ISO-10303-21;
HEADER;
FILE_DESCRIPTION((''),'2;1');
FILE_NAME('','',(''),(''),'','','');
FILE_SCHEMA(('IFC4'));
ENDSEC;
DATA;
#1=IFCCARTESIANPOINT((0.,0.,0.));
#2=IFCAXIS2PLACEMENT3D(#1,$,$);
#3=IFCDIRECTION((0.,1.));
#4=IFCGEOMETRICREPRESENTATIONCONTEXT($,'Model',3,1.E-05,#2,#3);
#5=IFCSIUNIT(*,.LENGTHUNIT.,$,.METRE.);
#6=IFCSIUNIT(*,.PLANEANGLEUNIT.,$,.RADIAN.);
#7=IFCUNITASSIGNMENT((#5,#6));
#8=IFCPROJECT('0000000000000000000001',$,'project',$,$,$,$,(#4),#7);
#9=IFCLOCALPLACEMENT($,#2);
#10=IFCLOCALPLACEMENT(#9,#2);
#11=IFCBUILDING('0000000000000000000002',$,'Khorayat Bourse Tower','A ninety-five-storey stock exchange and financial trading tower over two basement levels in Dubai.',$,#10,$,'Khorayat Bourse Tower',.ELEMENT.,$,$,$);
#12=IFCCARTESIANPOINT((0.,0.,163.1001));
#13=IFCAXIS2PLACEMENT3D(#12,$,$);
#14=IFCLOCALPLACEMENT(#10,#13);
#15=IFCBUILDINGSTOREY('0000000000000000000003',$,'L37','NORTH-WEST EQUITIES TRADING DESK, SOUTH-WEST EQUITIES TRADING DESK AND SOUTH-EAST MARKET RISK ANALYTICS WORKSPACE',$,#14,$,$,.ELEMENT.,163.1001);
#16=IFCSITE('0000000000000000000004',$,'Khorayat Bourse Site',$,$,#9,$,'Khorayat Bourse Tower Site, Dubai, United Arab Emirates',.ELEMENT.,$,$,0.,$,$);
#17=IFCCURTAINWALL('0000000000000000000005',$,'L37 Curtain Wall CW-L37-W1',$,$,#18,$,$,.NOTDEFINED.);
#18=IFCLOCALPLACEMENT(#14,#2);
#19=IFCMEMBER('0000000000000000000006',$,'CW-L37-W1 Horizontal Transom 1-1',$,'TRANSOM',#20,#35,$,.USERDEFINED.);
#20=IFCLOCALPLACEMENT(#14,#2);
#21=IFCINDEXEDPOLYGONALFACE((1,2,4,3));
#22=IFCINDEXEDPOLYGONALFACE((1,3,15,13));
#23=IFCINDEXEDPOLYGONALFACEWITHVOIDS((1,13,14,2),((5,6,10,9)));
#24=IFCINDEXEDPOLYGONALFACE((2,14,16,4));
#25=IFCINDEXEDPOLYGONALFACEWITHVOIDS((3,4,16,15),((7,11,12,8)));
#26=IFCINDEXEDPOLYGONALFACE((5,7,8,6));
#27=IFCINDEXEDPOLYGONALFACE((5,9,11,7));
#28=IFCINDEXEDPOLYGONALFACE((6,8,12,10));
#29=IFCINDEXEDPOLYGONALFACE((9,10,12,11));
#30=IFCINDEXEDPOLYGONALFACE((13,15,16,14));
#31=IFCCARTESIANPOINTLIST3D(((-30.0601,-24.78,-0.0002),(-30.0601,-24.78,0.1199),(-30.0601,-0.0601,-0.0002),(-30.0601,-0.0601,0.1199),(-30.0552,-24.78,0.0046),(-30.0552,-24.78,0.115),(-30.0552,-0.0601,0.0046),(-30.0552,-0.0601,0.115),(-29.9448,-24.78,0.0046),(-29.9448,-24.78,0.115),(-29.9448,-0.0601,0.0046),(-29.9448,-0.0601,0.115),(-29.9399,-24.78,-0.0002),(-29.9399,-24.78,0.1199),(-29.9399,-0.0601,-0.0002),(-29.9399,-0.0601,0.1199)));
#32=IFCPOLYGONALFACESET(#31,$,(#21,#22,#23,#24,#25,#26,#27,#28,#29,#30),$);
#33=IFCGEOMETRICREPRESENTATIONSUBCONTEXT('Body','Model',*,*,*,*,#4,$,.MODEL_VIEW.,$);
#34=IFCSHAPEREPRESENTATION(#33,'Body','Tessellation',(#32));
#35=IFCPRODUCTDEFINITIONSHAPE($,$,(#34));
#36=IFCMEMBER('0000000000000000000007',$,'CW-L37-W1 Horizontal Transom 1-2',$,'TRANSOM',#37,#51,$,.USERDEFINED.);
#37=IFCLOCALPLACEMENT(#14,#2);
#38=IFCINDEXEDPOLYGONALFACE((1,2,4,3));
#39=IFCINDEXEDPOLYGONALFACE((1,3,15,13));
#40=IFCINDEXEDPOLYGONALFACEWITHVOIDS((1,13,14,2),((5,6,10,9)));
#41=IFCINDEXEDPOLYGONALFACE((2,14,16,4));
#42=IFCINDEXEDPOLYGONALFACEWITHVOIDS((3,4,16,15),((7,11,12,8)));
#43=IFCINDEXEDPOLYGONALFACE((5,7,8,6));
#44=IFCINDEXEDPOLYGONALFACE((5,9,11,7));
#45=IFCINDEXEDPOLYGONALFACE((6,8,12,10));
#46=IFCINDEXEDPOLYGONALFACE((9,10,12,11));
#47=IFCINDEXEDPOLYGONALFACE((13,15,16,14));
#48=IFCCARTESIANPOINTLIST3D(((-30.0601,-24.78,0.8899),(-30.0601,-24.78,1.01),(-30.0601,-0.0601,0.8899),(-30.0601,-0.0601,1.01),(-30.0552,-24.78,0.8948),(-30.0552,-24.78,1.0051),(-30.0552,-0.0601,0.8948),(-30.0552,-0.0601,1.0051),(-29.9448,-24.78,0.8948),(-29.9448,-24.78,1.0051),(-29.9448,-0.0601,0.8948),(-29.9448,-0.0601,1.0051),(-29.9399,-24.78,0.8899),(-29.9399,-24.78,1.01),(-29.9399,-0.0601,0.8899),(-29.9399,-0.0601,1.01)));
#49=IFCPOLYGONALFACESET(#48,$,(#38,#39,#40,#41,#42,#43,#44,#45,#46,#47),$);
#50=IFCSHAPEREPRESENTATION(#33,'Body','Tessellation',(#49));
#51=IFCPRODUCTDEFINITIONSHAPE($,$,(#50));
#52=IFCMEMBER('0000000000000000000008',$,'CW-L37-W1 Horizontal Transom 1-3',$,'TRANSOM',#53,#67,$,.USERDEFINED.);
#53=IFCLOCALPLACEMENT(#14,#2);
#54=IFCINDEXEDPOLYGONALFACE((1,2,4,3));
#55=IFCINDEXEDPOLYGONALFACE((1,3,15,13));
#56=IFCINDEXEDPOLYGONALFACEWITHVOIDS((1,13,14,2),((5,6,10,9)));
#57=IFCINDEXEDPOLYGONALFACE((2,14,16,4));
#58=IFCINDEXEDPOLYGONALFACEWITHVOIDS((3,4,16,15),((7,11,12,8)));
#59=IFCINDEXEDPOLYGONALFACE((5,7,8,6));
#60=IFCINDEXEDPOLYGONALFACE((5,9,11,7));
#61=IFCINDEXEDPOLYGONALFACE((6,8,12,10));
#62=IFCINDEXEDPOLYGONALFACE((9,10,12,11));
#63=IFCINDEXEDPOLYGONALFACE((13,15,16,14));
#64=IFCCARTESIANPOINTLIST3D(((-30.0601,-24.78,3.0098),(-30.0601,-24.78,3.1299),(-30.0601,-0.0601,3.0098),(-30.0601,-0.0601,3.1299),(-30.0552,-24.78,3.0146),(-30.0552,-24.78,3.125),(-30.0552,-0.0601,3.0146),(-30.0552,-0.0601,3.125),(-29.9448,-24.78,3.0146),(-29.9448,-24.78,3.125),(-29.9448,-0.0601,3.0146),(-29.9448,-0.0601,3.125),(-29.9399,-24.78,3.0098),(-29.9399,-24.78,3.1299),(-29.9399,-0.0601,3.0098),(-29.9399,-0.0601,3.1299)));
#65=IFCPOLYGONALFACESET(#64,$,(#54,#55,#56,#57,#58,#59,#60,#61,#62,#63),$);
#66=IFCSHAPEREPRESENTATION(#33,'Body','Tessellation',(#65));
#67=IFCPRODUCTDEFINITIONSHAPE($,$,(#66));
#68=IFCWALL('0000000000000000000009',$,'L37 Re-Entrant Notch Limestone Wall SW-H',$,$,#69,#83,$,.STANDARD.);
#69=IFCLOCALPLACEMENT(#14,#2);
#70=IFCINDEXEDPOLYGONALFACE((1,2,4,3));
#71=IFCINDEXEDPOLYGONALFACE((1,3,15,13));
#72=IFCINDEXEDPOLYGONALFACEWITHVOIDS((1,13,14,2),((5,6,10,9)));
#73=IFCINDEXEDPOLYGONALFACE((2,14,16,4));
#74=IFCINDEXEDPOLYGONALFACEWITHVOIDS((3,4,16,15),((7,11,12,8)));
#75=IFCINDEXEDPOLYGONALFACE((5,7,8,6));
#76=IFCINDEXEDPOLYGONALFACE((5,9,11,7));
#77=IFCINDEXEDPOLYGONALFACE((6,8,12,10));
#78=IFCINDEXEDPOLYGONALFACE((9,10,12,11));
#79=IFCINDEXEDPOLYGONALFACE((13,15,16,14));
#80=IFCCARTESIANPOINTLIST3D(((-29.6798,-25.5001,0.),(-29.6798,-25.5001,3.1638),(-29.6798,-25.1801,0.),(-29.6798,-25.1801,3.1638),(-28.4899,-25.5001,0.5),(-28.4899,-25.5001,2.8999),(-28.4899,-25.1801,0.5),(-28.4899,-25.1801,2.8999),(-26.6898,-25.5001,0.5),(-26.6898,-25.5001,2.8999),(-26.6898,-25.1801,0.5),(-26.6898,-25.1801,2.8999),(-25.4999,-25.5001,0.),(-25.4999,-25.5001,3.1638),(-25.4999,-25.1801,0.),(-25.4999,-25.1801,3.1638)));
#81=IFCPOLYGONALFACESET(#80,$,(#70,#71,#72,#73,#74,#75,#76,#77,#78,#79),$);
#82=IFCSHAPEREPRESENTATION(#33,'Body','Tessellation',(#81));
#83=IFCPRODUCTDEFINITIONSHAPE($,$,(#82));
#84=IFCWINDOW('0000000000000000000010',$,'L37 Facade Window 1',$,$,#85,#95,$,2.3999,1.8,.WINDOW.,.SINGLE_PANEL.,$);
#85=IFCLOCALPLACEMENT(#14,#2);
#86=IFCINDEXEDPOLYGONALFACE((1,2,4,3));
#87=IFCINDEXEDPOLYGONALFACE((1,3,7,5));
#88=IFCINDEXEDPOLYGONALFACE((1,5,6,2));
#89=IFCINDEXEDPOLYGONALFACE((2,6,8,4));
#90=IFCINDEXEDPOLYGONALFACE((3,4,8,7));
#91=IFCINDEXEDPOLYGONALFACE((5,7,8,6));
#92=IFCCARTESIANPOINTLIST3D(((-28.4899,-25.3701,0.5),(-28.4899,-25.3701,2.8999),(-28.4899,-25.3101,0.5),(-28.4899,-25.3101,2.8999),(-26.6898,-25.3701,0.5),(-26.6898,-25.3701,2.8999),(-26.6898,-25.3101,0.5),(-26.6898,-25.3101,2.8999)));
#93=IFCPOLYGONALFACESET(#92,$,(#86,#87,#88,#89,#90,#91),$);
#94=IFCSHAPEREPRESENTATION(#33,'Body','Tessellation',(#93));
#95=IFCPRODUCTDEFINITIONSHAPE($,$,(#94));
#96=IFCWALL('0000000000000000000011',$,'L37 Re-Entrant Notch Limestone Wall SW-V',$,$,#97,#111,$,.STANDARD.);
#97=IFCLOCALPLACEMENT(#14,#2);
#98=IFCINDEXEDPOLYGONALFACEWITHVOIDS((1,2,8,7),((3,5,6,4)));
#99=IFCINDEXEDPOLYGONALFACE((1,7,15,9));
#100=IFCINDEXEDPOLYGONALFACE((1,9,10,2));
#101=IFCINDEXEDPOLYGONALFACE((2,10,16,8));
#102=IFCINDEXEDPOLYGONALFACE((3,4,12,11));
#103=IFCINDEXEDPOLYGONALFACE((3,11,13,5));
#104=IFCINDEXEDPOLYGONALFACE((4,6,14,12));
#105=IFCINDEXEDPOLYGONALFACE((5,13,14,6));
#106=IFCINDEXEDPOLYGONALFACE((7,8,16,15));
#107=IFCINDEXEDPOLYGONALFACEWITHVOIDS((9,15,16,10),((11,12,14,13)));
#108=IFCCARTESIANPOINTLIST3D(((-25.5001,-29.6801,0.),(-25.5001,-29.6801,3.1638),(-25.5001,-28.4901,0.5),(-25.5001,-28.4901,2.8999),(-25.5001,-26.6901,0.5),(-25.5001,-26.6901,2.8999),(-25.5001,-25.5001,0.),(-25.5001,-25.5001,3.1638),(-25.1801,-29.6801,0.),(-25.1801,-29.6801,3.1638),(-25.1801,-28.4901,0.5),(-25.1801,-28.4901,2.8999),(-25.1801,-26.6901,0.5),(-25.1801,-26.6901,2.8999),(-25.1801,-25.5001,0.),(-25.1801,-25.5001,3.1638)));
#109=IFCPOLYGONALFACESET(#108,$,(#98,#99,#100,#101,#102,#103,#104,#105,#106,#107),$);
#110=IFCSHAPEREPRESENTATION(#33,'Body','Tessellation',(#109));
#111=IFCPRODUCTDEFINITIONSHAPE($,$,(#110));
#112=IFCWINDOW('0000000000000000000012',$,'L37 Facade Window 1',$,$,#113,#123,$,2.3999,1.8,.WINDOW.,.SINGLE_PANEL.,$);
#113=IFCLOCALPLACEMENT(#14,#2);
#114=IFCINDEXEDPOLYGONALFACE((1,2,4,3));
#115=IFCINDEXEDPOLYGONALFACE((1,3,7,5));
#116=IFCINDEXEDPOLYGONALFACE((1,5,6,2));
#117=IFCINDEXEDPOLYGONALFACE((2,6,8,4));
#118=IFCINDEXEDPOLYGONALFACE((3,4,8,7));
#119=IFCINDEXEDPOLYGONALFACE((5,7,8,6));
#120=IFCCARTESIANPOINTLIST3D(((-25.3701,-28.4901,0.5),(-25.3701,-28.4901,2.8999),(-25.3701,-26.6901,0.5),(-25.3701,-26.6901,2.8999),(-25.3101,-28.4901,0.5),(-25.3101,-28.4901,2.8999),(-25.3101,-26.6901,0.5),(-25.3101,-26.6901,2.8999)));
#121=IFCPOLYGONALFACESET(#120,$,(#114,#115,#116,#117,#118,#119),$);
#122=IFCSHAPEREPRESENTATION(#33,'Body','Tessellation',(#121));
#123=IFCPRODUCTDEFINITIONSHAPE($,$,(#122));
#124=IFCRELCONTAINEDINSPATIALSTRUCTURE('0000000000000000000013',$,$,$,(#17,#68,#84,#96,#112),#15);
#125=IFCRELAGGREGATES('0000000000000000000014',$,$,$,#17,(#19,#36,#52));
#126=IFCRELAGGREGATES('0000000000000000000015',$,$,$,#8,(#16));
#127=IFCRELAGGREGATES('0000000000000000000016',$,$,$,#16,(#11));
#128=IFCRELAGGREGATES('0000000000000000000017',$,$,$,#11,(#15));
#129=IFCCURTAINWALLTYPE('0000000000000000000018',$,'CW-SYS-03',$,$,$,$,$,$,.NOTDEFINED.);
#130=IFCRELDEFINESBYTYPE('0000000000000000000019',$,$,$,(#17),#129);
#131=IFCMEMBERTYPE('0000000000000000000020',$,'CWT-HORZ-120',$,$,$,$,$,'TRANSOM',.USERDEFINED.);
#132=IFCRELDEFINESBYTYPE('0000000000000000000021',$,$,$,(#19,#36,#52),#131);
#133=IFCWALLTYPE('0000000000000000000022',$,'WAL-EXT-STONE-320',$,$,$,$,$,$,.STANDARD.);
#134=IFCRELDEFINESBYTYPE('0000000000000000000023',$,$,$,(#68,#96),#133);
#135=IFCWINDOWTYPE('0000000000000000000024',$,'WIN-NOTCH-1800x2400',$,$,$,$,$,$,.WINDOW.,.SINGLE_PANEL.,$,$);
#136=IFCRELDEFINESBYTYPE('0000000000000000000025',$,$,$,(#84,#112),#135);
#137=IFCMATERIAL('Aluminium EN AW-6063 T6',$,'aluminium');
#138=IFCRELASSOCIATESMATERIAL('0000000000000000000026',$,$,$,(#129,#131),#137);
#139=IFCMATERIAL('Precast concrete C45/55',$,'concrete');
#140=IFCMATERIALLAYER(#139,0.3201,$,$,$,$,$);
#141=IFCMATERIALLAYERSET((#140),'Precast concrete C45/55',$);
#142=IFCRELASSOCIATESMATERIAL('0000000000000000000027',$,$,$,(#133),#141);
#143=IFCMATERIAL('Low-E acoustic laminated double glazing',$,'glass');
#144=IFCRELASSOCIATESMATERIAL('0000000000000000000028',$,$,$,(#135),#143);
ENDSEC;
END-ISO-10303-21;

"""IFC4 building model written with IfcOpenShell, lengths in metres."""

from ifc_helpers import new_model, si_unit, direction, frame, frame_2d, origin, origin_2d, place, context, subcontext, project, spatial, rectangle, hollow_rectangle, extrude, source, transform, mapped, material, layer, layer_set, material_profile, profile_set, type_object, element, fill, aggregate, save


model = new_model("IFC4")

# Units and contexts
model_context = context("Model", 3, precision=1e-05, world=origin(), true_north=direction((0.0, 1.0)))
body_context = subcontext(model_context, "Body", "Model", "MODEL_VIEW")
ifc_project = project(units=[si_unit("LENGTHUNIT", "METRE"), si_unit("PLANEANGLEUNIT", "RADIAN")], contexts=[model_context])

# Site, building, storey
site_placement = place(None, origin())
site = spatial("IfcSite", under=ifc_project, at=site_placement, Name="Khorayat Bourse Site", LongName="Khorayat Bourse Tower Site, Dubai, United Arab Emirates", CompositionType="ELEMENT", RefElevation=0.0)
building_placement = place(site_placement, origin())
building = spatial("IfcBuilding", under=site, at=building_placement, Name="Khorayat Bourse Tower", Description="A ninety-five-storey stock exchange and financial trading tower over two basement levels in Dubai.", LongName="Khorayat Bourse Tower", CompositionType="ELEMENT")
storey_placement = place(building_placement, frame((0.0, 0.0, 163.1001)))
storey = spatial("IfcBuildingStorey", under=building, at=storey_placement, Name="L37", Description="NORTH-WEST EQUITIES TRADING DESK, SOUTH-WEST EQUITIES TRADING DESK AND SOUTH-EAST MARKET RISK ANALYTICS WORKSPACE", CompositionType="ELEMENT", Elevation=163.1001)

# Curtain wall
ifc_material_1 = material(Name="Aluminium EN AW-6063 T6", Category="aluminium")
curtain_wall_type = type_object("IfcCurtainWallType", Name="CW-SYS-03", PredefinedType="NOTDEFINED", material=ifc_material_1)
curtain_wall_1_placement = place(storey_placement, origin())
curtain_wall_1 = element("IfcCurtainWall", 1, at=curtain_wall_1_placement, inside=storey, type_object=curtain_wall_type, Name="L37 Curtain Wall CW-L37-W1", PredefinedType="NOTDEFINED")

# Members
ifc_material_profile_1 = material_profile(ifc_material_1, hollow_rectangle(XDim=0.1201, YDim=0.1201, WallThickness=0.0049, at=origin_2d()), Name="ALU 120x120x5")
ifc_profile_set_1 = profile_set([ifc_material_profile_1], Name="Aluminium EN AW-6063 T6")
member_type_1 = type_object("IfcMemberType", Name="CWT-HORZ-120", ElementType="TRANSOM", PredefinedType="USERDEFINED", material=ifc_profile_set_1)
shared_shape_1 = source(origin(), body_context, "Body", "SweptSolid", [
    extrude(hollow_rectangle(XDim=0.1201, YDim=0.1201, WallThickness=0.0049, at=origin_2d()), origin(), (0.0, 0.0, 1.0), 24.72),
])
member_1_placement = place(storey_placement, frame((-30.0, -24.78, 0.0598), z_axis=(0.0, 1.0, 0.0), x_axis=(-1.0, 0.0, 0.0)))
member_1 = element("IfcMember", 2, at=member_1_placement, type_object=member_type_1, Name="CW-L37-W1 Horizontal Transom 1-1", ObjectType="TRANSOM", PredefinedType="USERDEFINED", context=body_context, shape_type="MappedRepresentation", body=[
    mapped(shared_shape_1, transform((0.0, 0.0, 0.0), scale=1.0)),
])
member_2_placement = place(storey_placement, frame((-30.0, -24.78, 0.95), z_axis=(0.0, 1.0, 0.0), x_axis=(-1.0, 0.0, 0.0)))
member_2 = element("IfcMember", 3, at=member_2_placement, type_object=member_type_1, Name="CW-L37-W1 Horizontal Transom 1-2", ObjectType="TRANSOM", PredefinedType="USERDEFINED", context=body_context, shape_type="MappedRepresentation", body=[
    mapped(shared_shape_1, transform((0.0, 0.0, 0.0), scale=1.0)),
])
member_3_placement = place(storey_placement, frame((-30.0, -24.78, 3.0698), z_axis=(0.0, 1.0, 0.0), x_axis=(-1.0, 0.0, 0.0)))
member_3 = element("IfcMember", 4, at=member_3_placement, type_object=member_type_1, Name="CW-L37-W1 Horizontal Transom 1-3", ObjectType="TRANSOM", PredefinedType="USERDEFINED", context=body_context, shape_type="MappedRepresentation", body=[
    mapped(shared_shape_1, transform((0.0, 0.0, 0.0), scale=1.0)),
])
aggregate(curtain_wall_1, [member_1, member_2, member_3])

# Walls, openings, windows
ifc_material_2 = material(Name="Precast concrete C45/55", Category="concrete")
ifc_layer = layer(ifc_material_2, 0.3201)
ifc_layer_set = layer_set([ifc_layer], Name="Precast concrete C45/55")
wall_type = type_object("IfcWallType", Name="WAL-EXT-STONE-320", PredefinedType="STANDARD", material=ifc_layer_set)
shared_shape_2 = source(origin(), body_context, "Body", "SweptSolid", [
    extrude(rectangle(XDim=4.1799, YDim=0.3201, at=frame_2d((2.0898, 0.0))), origin(), (0.0, 0.0, 1.0), 3.1638),
])
wall_1_placement = place(storey_placement, frame((-25.5, -25.3401, 0.0), z_axis=(0.0, 0.0, 1.0), x_axis=(-1.0, 0.0, 0.0)))
wall_1 = element("IfcWall", 5, at=wall_1_placement, inside=storey, type_object=wall_type, Name="L37 Re-Entrant Notch Limestone Wall SW-H", PredefinedType="STANDARD", context=body_context, shape_type="MappedRepresentation", body=[
    mapped(shared_shape_2, transform((0.0, 0.0, 0.0), scale=1.0)),
])
shared_shape_3 = source(origin(), body_context, "Body", "SweptSolid", [
    extrude(rectangle(XDim=1.8, YDim=2.3999, at=frame_2d((0.8999, 1.2))), frame((0.0, 0.1699, 0.0), z_axis=(0.0, -1.0, 0.0), x_axis=(1.0, 0.0, 0.0)), (0.0, 0.0, 1.0), 0.3401),
])
opening_1_placement = place(wall_1_placement, frame((1.1899, 0.0, 0.5)))
opening_1 = element("IfcOpeningElement", 6, at=opening_1_placement, cuts=wall_1, PredefinedType="OPENING", context=body_context, shape_type="MappedRepresentation", body=[
    mapped(shared_shape_3, transform((0.0, 0.0, 0.0), scale=1.0)),
])
ifc_material_3 = material(Name="Low-E acoustic laminated double glazing", Category="glass")
window_type = type_object("IfcWindowType", Name="WIN-NOTCH-1800x2400", PartitioningType="SINGLE_PANEL", PredefinedType="WINDOW", material=ifc_material_3)
shared_shape_4 = source(origin(), body_context, "Body", "SweptSolid", [
    extrude(rectangle(XDim=1.8, YDim=2.3999, at=frame_2d((0.8999, 1.2))), frame((0.0, 0.03, 0.0), z_axis=(0.0, -1.0, 0.0), x_axis=(1.0, 0.0, 0.0)), (0.0, 0.0, 1.0), 0.0601),
])
window_1_placement = place(opening_1_placement, origin())
window_1 = element("IfcWindow", 7, at=window_1_placement, inside=storey, type_object=window_type, Name="L37 Facade Window 1", OverallHeight=2.3999, OverallWidth=1.8, PartitioningType="SINGLE_PANEL", PredefinedType="WINDOW", context=body_context, shape_type="MappedRepresentation", body=[
    mapped(shared_shape_4, transform((0.0, 0.0, 0.0), scale=1.0)),
])
fill(opening_1, window_1)
wall_2_placement = place(storey_placement, frame((-25.3401, -29.6799, 0.0), z_axis=(0.0, 0.0, 1.0), x_axis=(0.0, 1.0, 0.0)))
wall_2 = element("IfcWall", 8, at=wall_2_placement, inside=storey, type_object=wall_type, Name="L37 Re-Entrant Notch Limestone Wall SW-V", PredefinedType="STANDARD", context=body_context, shape_type="MappedRepresentation", body=[
    mapped(shared_shape_2, transform((0.0, 0.0, 0.0), scale=1.0)),
])
opening_2_placement = place(wall_2_placement, frame((1.1899, 0.0, 0.5)))
opening_2 = element("IfcOpeningElement", 9, at=opening_2_placement, cuts=wall_2, PredefinedType="OPENING", context=body_context, shape_type="MappedRepresentation", body=[
    mapped(shared_shape_3, transform((0.0, 0.0, 0.0), scale=1.0)),
])
window_2_placement = place(opening_2_placement, origin())
window_2 = element("IfcWindow", 10, at=window_2_placement, inside=storey, type_object=window_type, Name="L37 Facade Window 1", OverallHeight=2.3999, OverallWidth=1.8, PartitioningType="SINGLE_PANEL", PredefinedType="WINDOW", context=body_context, shape_type="MappedRepresentation", body=[
    mapped(shared_shape_4, transform((0.0, 0.0, 0.0), scale=1.0)),
])
fill(opening_2, window_2)

save(model, "model.ifc")
